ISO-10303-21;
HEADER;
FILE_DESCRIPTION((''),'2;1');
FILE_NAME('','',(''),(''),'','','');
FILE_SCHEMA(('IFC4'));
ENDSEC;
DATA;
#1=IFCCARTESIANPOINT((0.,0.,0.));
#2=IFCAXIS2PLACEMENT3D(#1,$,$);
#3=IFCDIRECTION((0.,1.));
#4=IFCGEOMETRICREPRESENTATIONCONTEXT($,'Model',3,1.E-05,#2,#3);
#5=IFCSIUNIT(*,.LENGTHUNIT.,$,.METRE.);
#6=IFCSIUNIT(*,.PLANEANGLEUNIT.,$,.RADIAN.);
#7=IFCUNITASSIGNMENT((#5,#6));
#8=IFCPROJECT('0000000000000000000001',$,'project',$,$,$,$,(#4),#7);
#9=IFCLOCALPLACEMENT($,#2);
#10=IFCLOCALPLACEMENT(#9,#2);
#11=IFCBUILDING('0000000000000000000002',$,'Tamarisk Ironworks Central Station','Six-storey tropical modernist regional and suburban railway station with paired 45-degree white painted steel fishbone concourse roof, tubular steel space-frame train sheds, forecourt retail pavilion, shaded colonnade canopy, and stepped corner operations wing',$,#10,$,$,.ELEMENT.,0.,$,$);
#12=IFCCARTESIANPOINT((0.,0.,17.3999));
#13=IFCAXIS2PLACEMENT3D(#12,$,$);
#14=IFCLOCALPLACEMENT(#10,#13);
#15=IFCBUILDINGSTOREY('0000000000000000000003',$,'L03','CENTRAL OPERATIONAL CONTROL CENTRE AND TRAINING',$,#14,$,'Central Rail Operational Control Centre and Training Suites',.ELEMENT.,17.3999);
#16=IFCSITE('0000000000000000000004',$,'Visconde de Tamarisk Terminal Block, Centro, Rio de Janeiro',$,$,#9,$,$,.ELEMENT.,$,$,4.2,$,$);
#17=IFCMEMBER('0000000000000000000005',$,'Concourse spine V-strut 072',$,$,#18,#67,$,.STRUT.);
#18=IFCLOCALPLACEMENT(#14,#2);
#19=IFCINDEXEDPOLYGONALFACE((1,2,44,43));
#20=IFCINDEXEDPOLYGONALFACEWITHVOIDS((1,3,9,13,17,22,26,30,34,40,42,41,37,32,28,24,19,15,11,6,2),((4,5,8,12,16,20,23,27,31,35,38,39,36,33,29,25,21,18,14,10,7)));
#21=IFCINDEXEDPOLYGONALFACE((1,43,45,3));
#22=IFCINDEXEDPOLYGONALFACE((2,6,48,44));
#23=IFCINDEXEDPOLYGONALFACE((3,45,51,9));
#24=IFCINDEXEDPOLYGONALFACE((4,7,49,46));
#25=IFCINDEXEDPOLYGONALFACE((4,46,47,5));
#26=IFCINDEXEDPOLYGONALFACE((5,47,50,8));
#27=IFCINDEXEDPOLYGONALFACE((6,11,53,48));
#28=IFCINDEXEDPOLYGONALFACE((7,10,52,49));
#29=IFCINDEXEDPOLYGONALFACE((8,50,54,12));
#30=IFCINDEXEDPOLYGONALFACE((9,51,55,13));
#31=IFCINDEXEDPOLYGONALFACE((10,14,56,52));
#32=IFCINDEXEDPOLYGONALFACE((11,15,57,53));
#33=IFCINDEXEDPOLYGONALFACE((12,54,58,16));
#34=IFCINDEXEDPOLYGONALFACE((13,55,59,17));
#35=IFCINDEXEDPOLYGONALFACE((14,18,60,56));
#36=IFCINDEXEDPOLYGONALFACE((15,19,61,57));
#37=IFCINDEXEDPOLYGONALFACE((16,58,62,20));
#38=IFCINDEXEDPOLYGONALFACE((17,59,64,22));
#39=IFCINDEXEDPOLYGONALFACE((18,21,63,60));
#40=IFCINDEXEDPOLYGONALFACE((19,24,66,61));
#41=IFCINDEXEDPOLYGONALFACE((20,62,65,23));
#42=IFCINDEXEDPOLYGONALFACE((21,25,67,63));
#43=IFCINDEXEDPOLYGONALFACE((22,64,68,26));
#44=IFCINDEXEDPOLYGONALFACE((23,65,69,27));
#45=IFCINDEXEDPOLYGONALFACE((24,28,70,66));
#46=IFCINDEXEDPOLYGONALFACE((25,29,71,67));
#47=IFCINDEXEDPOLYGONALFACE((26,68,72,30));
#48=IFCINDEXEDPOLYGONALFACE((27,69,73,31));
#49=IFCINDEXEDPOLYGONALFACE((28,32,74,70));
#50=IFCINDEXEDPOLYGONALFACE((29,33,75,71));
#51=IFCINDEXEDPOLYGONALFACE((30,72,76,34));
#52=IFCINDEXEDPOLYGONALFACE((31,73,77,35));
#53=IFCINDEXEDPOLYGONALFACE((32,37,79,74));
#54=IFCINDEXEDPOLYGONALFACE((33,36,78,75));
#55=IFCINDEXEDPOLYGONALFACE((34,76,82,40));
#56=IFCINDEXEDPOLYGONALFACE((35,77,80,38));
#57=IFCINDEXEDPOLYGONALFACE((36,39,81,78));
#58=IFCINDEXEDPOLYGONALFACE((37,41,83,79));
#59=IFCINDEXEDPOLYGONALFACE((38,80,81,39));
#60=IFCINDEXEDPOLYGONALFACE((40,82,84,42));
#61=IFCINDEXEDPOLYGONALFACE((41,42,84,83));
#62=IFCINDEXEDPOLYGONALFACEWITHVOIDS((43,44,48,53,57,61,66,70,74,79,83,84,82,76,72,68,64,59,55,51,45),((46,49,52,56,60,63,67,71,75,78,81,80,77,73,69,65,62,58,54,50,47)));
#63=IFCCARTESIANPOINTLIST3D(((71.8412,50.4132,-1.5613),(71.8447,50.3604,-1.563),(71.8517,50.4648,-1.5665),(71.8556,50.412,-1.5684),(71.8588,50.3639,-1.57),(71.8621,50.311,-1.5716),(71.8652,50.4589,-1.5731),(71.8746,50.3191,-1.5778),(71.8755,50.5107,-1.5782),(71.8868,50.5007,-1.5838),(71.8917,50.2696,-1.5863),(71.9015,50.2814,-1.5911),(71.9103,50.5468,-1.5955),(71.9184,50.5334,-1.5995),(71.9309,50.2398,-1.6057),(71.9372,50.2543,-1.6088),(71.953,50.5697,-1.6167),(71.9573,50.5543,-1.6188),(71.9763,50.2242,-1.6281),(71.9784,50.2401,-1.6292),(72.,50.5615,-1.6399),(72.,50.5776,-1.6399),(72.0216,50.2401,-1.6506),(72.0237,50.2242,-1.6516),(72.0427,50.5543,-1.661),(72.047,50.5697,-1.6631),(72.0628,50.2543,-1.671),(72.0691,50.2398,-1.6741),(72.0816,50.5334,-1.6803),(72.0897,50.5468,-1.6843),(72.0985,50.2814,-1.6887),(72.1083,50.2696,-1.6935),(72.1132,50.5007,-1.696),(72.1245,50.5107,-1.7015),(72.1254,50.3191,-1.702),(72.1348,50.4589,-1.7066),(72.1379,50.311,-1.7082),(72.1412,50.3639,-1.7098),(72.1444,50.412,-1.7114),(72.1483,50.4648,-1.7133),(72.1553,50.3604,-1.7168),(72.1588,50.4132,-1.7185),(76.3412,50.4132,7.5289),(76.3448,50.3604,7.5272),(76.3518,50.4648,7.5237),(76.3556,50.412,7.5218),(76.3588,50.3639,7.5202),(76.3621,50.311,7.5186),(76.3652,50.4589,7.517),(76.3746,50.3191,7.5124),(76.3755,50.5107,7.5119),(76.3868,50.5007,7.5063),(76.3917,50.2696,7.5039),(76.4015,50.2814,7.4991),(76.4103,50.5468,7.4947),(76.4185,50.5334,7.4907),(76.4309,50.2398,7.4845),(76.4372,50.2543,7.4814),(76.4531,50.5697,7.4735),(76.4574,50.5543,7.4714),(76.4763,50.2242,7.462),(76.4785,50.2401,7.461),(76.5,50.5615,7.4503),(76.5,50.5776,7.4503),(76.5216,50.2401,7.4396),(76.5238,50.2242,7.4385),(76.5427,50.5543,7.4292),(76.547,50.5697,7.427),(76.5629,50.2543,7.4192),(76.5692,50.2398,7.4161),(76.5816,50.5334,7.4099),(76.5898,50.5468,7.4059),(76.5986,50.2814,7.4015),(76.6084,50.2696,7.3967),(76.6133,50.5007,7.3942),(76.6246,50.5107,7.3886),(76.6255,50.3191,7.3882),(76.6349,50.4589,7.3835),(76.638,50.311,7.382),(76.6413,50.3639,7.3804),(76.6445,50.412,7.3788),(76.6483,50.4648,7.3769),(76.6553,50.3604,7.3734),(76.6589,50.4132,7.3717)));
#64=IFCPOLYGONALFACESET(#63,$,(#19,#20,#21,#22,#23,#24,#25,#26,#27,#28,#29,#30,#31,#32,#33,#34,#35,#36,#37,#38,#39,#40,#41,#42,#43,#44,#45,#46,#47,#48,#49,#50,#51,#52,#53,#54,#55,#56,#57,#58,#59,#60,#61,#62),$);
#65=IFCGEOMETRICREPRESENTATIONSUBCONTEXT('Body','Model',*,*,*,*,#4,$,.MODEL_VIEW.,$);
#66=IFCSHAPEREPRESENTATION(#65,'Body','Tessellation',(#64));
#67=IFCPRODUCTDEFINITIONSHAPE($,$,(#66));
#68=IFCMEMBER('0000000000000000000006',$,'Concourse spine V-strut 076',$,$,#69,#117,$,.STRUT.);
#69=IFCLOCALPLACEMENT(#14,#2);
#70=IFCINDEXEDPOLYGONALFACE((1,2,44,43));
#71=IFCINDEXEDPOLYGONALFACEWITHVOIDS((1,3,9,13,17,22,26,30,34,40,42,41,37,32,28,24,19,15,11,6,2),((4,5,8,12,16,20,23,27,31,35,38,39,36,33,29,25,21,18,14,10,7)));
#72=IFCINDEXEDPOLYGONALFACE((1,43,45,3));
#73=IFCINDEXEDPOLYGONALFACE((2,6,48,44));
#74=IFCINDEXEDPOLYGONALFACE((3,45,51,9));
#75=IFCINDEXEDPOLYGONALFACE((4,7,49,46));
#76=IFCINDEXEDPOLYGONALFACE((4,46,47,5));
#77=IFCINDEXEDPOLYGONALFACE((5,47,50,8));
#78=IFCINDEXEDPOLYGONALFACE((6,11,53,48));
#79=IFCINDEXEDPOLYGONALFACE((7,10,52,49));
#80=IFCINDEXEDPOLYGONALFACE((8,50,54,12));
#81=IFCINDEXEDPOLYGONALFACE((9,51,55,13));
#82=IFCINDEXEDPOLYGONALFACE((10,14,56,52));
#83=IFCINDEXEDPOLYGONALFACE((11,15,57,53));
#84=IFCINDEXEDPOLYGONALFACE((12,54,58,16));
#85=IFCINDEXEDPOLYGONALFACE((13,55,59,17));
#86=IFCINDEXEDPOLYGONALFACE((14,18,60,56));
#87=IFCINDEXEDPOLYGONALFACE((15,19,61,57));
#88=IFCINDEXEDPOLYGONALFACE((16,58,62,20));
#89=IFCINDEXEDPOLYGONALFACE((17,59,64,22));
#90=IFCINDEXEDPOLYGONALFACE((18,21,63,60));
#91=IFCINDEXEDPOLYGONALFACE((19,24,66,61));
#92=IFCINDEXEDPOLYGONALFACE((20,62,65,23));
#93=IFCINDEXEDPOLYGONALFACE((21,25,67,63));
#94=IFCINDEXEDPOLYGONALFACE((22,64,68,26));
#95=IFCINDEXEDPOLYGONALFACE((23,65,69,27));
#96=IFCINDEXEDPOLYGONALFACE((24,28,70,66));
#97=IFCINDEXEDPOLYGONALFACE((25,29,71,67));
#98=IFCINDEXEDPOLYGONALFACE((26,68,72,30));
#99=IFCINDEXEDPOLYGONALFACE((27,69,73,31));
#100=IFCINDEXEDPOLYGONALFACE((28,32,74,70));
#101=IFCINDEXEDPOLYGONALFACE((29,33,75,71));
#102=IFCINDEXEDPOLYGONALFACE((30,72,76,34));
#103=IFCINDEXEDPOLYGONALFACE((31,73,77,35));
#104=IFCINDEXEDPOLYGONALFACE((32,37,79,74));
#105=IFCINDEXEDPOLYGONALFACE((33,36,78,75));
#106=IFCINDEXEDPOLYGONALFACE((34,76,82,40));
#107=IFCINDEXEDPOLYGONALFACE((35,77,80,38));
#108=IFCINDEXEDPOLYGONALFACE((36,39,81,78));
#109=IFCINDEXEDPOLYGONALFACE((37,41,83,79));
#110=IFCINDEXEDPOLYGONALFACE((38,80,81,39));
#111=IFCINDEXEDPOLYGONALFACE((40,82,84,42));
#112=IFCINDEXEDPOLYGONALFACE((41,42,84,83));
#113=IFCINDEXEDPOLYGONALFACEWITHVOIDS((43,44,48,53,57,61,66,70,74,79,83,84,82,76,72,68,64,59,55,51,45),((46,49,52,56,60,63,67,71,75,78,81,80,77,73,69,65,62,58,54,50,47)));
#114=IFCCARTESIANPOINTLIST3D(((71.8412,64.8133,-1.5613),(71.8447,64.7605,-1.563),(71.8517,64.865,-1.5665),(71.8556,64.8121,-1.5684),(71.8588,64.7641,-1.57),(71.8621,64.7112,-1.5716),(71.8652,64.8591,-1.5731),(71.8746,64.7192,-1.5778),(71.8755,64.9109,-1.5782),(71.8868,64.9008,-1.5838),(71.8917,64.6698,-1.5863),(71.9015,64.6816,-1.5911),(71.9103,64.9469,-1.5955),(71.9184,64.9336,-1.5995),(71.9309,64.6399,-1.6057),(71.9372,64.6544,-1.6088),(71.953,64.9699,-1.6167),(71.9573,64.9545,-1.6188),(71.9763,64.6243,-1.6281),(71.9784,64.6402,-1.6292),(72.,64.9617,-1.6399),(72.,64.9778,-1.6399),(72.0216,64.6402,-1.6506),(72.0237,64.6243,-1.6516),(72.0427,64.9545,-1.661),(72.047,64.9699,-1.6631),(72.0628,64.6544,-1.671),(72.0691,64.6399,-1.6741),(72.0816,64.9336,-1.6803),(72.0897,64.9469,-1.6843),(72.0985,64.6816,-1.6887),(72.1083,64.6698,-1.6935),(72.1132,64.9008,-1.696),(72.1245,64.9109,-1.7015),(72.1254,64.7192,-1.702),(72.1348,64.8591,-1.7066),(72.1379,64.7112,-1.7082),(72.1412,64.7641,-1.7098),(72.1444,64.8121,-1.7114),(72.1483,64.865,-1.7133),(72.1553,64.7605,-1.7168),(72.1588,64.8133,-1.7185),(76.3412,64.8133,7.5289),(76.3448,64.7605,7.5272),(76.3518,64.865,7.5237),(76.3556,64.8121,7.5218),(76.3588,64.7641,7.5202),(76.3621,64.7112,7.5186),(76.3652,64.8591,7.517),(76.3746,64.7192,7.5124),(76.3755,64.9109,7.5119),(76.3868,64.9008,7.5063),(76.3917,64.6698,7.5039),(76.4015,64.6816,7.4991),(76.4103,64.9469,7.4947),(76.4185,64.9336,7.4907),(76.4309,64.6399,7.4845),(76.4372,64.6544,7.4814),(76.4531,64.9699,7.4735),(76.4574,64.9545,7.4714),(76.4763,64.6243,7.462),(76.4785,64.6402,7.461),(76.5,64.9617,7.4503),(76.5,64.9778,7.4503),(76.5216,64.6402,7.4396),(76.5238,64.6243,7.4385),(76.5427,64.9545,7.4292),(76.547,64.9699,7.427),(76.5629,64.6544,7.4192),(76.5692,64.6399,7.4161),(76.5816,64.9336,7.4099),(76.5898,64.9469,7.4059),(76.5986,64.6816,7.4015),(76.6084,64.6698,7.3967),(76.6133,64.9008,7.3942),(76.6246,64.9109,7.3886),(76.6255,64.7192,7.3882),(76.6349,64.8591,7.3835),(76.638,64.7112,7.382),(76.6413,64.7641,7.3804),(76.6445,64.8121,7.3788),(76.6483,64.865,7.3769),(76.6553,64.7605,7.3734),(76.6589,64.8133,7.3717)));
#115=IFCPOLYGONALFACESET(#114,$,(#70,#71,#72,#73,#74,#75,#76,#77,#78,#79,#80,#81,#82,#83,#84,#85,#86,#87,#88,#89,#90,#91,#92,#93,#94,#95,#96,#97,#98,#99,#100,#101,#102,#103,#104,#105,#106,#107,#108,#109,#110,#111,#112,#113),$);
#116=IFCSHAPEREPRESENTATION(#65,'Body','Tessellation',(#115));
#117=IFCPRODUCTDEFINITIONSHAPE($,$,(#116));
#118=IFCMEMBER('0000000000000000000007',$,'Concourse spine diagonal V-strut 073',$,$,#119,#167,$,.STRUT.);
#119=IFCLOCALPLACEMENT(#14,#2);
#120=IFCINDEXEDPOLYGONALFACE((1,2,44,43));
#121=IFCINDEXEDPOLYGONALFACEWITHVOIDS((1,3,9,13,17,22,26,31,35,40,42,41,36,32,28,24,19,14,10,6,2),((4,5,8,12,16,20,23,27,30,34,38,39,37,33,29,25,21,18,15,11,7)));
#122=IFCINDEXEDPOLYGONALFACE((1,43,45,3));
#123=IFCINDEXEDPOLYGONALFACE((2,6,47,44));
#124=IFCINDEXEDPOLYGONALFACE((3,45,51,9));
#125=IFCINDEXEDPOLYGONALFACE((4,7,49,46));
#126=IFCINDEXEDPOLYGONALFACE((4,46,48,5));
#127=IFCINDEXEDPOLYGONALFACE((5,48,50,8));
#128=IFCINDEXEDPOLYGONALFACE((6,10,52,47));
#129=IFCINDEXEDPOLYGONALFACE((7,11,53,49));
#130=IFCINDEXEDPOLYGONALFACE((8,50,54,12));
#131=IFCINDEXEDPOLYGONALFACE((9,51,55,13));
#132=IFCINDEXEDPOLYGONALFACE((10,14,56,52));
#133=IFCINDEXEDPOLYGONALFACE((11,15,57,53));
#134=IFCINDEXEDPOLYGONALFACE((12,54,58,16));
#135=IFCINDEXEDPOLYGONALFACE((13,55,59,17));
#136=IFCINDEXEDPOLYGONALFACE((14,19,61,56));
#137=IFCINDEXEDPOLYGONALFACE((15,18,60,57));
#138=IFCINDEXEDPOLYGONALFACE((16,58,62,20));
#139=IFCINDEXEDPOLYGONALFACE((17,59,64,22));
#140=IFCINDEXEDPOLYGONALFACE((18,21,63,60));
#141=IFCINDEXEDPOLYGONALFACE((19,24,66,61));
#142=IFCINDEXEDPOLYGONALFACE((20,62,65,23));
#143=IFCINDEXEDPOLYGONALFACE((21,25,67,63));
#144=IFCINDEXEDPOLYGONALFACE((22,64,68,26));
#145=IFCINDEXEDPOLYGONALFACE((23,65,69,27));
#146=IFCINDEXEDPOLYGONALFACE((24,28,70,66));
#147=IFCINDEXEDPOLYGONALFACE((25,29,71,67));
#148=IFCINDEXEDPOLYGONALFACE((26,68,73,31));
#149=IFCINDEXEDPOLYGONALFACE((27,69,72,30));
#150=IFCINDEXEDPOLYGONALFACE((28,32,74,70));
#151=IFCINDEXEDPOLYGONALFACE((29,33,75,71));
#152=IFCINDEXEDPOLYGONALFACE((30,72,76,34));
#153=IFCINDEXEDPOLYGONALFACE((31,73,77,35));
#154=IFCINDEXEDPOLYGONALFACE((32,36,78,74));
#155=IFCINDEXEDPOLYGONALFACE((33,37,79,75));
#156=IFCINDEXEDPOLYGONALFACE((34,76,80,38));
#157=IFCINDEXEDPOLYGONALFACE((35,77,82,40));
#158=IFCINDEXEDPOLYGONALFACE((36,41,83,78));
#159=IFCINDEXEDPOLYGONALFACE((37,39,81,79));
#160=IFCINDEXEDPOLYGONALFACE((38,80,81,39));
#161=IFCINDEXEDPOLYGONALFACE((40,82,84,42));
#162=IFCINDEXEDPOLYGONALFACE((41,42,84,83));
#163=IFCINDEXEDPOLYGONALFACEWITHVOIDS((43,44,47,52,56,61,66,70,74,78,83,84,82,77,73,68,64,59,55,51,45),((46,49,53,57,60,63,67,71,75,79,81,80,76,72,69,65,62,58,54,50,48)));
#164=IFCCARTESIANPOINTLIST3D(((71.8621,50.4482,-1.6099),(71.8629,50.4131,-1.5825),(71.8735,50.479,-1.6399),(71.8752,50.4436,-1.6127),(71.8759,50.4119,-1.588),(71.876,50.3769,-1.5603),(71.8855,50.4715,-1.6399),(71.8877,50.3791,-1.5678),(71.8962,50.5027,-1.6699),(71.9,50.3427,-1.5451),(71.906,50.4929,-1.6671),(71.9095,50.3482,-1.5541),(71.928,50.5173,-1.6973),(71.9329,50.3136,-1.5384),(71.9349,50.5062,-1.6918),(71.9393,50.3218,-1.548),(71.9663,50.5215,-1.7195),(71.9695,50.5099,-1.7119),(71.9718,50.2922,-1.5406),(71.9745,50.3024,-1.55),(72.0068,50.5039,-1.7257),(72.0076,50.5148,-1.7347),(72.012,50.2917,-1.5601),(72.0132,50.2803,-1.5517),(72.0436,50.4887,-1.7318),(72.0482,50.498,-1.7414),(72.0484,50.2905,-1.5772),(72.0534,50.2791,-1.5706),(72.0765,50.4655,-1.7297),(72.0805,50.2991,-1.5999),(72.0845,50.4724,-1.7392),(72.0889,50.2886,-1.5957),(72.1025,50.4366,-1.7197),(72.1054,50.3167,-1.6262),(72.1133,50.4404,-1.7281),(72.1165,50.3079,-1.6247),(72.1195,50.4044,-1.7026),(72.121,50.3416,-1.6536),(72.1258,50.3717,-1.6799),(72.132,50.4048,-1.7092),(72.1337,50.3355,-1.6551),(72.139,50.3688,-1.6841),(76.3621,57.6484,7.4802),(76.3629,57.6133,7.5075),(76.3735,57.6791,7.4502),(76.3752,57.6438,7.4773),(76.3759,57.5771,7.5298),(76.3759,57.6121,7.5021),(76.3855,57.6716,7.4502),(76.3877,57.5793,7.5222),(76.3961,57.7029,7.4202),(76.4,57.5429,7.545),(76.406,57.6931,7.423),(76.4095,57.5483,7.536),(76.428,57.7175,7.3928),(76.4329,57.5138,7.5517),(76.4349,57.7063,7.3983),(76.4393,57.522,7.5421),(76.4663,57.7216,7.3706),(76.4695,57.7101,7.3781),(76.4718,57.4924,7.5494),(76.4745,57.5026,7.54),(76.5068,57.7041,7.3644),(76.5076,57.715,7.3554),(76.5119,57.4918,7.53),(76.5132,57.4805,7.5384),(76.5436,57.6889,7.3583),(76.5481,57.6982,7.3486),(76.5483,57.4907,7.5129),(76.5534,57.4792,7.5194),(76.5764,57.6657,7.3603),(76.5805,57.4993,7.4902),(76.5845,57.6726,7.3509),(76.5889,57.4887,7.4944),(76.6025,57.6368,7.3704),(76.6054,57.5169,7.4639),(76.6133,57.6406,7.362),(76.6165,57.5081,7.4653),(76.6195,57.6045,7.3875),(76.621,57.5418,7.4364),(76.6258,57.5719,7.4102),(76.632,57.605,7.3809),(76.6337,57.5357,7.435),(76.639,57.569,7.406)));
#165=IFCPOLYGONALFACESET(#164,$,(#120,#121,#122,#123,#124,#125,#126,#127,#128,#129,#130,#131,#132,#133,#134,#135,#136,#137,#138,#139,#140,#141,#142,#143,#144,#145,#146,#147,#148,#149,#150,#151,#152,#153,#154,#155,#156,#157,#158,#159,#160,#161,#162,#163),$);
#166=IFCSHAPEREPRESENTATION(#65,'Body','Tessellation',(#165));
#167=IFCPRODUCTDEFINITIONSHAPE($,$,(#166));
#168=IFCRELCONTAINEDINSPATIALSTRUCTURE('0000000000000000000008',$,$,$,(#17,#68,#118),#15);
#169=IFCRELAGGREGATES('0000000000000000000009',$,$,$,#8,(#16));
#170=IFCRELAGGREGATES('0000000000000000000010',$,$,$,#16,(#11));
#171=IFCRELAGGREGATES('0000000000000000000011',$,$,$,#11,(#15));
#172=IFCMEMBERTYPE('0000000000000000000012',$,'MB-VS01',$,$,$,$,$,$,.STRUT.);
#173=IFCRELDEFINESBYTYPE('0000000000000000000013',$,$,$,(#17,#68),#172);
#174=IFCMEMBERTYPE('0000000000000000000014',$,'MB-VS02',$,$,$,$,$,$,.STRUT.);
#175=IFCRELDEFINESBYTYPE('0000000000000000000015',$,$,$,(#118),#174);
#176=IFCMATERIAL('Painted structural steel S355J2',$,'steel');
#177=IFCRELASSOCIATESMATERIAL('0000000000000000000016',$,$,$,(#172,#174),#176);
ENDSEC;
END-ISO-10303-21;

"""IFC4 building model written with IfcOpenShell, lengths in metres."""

from ifc_helpers import new_model, si_unit, direction, frame, origin, origin_2d, place, context, subcontext, project, spatial, hollow_circle, extrude, material, material_profile, profile_set, type_object, element, save


model = new_model("IFC4")

# Units and contexts
model_context = context("Model", 3, precision=1e-05, world=origin(), true_north=direction((0.0, 1.0)))
body_context = subcontext(model_context, "Body", "Model", "MODEL_VIEW")
ifc_project = project(units=[si_unit("LENGTHUNIT", "METRE"), si_unit("PLANEANGLEUNIT", "RADIAN")], contexts=[model_context])

# Site, building, storey
site_placement = place(None, origin())
site = spatial("IfcSite", under=ifc_project, at=site_placement, Name="Visconde de Tamarisk Terminal Block, Centro, Rio de Janeiro", CompositionType="ELEMENT", RefElevation=4.2)
building_placement = place(site_placement, origin())
building = spatial("IfcBuilding", under=site, at=building_placement, Name="Tamarisk Ironworks Central Station", Description="Six-storey tropical modernist regional and suburban railway station with paired 45-degree white painted steel fishbone concourse roof, tubular steel space-frame train sheds, forecourt retail pavilion, shaded colonnade canopy, and stepped corner operations wing", CompositionType="ELEMENT", ElevationOfRefHeight=0.0)
storey_placement = place(building_placement, frame((0.0, 0.0, 17.3999)))
storey = spatial("IfcBuildingStorey", under=building, at=storey_placement, Name="L03", Description="CENTRAL OPERATIONAL CONTROL CENTRE AND TRAINING", LongName="Central Rail Operational Control Centre and Training Suites", CompositionType="ELEMENT", Elevation=17.3999)

# Shared definitions
ifc_material_1 = material(Name="Painted structural steel S355J2", Category="steel")

# Members
ifc_material_profile_1 = material_profile(ifc_material_1, hollow_circle(Radius=0.1777, WallThickness=0.0161, at=origin_2d()), Name="CHS 355.6x16")
ifc_profile_set_1 = profile_set([ifc_material_profile_1], Name="Painted structural steel S355J2")
member_type_1 = type_object("IfcMemberType", Name="MB-VS01", PredefinedType="STRUT", material=ifc_profile_set_1)
for number, where, z_axis, x_axis, name in (
    (1, (72.0, 50.3999, -1.6399), (0.443657, 0.0, 0.896196), (0.0, 1.0, 0.0), "Concourse spine V-strut 072"),
    (2, (72.0, 64.8, -1.6399), (0.443657, 0.0, 0.896196), (0.0, 1.0, 0.0), "Concourse spine V-strut 076"),
):
    element("IfcMember", number, at=place(storey_placement, frame(where, z_axis=z_axis, x_axis=x_axis)), inside=storey, type_object=member_type_1, Name=name, PredefinedType="STRUT", context=body_context, shape_type="SweptSolid", body=[
        extrude(hollow_circle(Radius=0.1777, WallThickness=0.0161, at=origin_2d()), origin(), (0.0, 0.0, 1.0), 10.1431),
    ])
ifc_material_profile_2 = material_profile(ifc_material_1, hollow_circle(Radius=0.1492, WallThickness=0.0142, at=origin_2d()), Name="CHS 298.5x14.2")
ifc_profile_set_2 = profile_set([ifc_material_profile_2], Name="Painted structural steel S355J2")
member_type_2 = type_object("IfcMemberType", Name="MB-VS02", PredefinedType="STRUT", material=ifc_profile_set_2)
for number, where, z_axis, x_axis, name in (
    (3, (72.0, 50.3999, -1.6399), (0.361773, 0.578852, 0.730788), (-0.848005, 0.529989, 0.0), "Concourse spine diagonal V-strut 073"),
):
    element("IfcMember", number, at=place(storey_placement, frame(where, z_axis=z_axis, x_axis=x_axis)), inside=storey, type_object=member_type_2, Name=name, PredefinedType="STRUT", context=body_context, shape_type="SweptSolid", body=[
        extrude(hollow_circle(Radius=0.1492, WallThickness=0.0142, at=origin_2d()), origin(), (0.0, 0.0, 1.0), 12.4387),
    ])

save(model, "model.ifc")
